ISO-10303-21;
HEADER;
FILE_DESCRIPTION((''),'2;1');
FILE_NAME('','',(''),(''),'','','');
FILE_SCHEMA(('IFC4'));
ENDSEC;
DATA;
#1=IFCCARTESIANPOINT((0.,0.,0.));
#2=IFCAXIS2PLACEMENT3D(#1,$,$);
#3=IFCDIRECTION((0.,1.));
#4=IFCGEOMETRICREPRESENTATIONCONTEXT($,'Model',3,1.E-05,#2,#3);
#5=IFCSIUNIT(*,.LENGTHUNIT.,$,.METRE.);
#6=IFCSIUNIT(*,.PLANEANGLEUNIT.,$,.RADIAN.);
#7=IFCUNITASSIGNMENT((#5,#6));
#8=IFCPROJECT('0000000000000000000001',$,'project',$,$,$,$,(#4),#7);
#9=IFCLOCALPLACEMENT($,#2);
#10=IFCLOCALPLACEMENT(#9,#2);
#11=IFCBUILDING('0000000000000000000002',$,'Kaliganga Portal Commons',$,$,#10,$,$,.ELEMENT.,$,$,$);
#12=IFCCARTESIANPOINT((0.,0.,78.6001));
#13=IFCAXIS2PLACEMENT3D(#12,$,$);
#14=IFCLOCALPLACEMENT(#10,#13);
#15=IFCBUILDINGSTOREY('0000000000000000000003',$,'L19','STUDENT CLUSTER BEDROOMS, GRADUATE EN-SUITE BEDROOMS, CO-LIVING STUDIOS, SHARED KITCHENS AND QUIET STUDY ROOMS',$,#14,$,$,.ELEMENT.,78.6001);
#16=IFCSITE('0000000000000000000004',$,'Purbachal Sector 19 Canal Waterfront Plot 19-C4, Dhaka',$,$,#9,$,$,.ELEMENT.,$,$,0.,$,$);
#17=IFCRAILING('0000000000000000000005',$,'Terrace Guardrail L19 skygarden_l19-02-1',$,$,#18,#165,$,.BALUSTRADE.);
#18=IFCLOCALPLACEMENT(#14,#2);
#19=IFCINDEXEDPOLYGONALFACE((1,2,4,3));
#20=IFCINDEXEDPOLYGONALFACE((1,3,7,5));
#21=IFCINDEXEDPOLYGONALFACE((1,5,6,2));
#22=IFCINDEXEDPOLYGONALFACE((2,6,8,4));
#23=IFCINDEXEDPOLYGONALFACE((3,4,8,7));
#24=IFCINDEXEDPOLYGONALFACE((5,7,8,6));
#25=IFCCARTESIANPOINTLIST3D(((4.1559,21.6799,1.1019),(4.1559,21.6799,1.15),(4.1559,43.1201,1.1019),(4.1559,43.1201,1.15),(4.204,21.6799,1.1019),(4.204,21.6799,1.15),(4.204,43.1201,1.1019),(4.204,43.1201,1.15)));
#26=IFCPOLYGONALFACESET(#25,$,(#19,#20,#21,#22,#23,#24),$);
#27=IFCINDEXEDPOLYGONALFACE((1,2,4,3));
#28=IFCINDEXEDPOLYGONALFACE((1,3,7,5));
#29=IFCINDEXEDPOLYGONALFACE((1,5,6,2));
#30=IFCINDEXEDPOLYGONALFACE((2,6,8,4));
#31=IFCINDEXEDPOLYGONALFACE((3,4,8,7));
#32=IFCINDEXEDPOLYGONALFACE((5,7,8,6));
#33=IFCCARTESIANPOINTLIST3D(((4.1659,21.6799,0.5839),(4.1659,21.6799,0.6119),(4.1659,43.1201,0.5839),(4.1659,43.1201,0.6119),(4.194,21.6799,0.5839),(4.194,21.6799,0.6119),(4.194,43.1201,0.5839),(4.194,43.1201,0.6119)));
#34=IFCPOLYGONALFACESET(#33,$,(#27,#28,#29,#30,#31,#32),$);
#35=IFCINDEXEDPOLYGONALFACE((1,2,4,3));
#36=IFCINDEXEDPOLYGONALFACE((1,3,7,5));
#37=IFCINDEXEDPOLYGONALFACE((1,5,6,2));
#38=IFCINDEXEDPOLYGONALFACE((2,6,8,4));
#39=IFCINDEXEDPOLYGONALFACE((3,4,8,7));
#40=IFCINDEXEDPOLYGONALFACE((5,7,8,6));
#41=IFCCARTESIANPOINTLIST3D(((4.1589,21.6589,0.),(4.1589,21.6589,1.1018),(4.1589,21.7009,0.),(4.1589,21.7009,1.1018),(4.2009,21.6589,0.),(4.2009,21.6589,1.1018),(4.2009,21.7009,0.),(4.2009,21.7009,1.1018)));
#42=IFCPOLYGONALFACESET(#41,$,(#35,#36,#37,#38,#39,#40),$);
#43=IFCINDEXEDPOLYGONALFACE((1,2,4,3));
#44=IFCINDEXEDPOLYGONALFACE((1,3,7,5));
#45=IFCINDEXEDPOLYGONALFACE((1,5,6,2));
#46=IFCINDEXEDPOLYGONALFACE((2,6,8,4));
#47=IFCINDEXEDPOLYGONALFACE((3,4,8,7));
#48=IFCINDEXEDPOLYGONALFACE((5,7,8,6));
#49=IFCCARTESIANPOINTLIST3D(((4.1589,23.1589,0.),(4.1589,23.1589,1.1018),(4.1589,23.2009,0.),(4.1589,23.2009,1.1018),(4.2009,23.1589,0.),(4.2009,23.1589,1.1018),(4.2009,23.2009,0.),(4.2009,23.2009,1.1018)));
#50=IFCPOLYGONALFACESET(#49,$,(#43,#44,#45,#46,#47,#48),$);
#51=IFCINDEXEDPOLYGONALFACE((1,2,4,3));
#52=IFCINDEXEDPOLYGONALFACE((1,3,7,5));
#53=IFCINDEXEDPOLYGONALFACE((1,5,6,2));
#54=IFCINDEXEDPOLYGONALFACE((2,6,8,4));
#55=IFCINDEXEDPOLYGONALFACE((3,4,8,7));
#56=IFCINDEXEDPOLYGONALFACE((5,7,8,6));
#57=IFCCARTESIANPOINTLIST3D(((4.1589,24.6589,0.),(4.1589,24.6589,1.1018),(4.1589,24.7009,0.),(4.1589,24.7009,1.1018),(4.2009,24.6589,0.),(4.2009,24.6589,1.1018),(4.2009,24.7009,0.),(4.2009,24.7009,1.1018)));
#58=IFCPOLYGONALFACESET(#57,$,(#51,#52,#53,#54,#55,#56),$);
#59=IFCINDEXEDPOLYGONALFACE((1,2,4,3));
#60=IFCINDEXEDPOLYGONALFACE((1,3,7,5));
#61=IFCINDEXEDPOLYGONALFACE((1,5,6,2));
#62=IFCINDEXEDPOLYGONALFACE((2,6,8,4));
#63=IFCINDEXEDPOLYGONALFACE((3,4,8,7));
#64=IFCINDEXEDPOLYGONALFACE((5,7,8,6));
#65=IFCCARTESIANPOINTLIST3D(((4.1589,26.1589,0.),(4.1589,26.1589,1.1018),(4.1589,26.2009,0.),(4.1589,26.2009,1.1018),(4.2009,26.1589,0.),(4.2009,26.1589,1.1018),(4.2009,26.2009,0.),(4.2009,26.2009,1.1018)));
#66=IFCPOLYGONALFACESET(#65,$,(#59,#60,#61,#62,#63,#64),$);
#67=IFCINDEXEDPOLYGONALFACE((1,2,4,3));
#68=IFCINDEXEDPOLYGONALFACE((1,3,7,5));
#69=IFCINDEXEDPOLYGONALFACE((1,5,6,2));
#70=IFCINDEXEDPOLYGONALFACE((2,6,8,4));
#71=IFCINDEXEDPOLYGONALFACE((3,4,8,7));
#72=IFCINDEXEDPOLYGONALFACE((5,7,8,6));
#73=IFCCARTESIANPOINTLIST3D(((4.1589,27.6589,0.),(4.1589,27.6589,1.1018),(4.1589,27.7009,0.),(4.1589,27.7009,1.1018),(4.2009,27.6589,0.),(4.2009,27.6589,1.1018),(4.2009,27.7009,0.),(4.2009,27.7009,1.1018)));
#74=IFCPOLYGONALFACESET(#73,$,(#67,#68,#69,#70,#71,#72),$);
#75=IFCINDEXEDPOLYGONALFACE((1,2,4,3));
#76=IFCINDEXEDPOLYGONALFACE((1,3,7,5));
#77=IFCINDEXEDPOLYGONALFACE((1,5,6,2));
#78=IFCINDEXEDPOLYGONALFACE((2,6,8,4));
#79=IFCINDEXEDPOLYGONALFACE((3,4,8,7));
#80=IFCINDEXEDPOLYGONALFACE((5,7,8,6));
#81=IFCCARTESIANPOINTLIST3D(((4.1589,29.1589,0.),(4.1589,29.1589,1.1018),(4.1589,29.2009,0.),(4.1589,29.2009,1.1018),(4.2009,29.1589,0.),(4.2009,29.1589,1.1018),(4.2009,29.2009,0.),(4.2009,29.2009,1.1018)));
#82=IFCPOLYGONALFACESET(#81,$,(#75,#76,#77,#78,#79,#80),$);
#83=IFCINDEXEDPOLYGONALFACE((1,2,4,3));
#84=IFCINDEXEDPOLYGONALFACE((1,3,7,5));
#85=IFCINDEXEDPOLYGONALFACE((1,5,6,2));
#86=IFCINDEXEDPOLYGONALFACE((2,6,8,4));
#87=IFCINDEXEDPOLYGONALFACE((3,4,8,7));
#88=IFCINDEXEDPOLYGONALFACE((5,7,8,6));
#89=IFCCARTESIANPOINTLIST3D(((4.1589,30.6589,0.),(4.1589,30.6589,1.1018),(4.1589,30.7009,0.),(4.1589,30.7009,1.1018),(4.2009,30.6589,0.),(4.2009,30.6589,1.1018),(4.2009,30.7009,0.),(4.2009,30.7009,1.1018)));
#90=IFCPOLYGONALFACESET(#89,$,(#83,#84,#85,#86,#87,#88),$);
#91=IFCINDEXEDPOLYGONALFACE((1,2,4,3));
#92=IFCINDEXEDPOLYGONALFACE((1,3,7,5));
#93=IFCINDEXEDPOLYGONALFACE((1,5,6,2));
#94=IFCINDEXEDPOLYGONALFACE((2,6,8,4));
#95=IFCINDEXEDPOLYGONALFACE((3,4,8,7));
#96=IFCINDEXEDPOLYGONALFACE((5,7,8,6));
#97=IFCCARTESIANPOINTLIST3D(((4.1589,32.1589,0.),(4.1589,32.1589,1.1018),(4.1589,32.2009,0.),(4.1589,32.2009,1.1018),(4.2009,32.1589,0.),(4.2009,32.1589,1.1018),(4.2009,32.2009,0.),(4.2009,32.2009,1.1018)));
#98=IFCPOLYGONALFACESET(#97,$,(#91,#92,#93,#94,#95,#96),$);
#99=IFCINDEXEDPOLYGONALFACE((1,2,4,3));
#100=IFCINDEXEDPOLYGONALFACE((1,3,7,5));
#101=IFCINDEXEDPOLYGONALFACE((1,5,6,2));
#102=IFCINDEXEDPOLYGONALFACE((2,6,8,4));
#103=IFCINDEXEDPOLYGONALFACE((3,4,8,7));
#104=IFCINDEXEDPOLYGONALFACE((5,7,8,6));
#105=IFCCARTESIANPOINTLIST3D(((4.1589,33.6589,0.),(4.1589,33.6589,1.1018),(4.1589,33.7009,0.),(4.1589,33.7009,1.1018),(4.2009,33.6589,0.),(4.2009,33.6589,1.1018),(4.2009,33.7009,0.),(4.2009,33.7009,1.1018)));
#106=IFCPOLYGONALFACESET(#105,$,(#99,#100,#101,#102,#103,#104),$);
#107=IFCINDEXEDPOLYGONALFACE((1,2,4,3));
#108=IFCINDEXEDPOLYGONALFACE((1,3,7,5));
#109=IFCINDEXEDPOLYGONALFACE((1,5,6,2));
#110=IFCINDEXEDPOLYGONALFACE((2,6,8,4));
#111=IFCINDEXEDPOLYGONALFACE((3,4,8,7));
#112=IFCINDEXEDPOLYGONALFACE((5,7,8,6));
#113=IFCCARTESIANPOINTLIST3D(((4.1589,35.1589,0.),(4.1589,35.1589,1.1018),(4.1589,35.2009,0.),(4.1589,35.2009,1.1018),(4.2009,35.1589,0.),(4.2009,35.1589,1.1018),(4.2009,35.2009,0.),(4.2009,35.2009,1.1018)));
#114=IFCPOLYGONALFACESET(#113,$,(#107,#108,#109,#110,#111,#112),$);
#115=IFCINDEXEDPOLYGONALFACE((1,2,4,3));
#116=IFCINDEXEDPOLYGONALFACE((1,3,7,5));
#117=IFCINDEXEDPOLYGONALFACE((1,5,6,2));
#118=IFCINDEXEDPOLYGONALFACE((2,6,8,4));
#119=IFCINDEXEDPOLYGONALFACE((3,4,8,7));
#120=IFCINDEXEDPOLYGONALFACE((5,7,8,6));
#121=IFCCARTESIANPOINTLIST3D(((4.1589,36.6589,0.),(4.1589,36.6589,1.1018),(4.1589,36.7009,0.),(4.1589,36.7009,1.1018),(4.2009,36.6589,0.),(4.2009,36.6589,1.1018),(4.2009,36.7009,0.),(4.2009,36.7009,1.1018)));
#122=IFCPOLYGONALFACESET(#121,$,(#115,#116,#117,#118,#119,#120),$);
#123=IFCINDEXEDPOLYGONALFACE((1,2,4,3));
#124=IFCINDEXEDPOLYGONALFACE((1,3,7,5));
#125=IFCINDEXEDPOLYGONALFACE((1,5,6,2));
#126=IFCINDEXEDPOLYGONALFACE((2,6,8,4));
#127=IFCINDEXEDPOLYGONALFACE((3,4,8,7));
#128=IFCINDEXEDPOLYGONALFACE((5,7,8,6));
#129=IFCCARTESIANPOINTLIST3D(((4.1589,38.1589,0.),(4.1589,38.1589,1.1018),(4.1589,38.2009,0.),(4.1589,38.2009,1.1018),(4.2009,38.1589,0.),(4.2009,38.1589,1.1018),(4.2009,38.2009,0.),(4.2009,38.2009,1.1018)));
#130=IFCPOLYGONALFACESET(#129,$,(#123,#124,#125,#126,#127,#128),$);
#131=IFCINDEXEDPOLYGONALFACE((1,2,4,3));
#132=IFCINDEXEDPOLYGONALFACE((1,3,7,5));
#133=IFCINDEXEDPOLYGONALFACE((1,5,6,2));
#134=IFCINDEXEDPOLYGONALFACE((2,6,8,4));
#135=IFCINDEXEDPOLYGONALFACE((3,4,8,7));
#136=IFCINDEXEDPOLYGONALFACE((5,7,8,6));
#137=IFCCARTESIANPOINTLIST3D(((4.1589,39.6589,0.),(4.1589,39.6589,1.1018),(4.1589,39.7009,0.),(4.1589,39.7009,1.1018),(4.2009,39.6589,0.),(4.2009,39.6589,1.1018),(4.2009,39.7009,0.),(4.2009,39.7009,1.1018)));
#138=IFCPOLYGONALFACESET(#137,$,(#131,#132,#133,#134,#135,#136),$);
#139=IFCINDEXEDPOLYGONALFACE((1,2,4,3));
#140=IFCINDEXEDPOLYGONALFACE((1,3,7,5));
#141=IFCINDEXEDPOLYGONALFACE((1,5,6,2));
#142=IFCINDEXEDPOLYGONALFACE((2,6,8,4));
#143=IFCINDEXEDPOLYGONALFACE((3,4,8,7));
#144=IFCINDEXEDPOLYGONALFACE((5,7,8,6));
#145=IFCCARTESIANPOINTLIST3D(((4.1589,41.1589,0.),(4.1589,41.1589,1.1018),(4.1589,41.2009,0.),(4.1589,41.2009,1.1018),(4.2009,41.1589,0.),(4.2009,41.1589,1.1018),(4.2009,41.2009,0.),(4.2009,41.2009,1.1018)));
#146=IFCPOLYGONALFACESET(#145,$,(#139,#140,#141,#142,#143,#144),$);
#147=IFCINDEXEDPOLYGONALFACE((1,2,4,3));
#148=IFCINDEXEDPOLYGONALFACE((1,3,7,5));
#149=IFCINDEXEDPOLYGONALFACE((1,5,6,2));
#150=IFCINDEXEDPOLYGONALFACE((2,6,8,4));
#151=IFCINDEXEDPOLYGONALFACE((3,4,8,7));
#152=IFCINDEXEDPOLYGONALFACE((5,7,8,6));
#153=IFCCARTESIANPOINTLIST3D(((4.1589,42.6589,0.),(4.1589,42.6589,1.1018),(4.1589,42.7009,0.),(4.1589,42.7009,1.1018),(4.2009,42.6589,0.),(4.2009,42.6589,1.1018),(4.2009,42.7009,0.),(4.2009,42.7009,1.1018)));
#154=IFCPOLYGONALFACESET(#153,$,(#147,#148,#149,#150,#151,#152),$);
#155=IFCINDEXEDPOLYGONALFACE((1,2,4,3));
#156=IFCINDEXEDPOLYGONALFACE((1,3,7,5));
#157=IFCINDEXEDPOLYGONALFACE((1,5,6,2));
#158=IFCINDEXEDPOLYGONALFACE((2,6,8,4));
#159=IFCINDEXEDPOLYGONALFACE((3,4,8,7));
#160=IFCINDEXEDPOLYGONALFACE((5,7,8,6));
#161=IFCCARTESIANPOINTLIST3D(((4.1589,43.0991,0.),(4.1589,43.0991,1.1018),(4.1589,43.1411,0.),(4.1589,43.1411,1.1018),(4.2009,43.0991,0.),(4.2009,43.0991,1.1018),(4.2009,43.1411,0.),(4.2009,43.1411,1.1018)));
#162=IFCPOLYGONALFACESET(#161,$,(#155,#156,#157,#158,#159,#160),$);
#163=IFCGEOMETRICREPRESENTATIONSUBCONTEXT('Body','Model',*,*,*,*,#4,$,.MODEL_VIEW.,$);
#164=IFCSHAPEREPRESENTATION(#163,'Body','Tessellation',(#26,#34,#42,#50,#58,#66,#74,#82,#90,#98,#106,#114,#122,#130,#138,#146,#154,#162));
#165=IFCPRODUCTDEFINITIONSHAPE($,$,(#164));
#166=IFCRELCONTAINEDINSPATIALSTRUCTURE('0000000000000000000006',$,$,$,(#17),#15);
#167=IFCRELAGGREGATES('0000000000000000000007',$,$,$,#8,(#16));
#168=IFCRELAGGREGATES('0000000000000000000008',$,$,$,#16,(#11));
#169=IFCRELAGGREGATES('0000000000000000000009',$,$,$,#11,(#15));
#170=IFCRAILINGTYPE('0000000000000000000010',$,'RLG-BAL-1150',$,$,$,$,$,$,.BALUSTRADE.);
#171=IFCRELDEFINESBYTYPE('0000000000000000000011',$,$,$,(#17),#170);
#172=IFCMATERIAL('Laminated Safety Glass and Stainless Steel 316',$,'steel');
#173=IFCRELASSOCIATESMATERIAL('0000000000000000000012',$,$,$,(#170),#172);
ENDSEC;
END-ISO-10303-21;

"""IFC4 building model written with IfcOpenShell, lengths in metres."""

from ifc_helpers import new_model, si_unit, direction, frame, origin, origin_2d, place, context, subcontext, project, spatial, rectangle, extrude, material, type_object, element, save


model = new_model("IFC4")

# Units and contexts
model_context = context("Model", 3, precision=1e-05, world=origin(), true_north=direction((0.0, 1.0)))
body_context = subcontext(model_context, "Body", "Model", "MODEL_VIEW")
ifc_project = project(units=[si_unit("LENGTHUNIT", "METRE"), si_unit("PLANEANGLEUNIT", "RADIAN")], contexts=[model_context])

# Site, building, storey
site_placement = place(None, origin())
site = spatial("IfcSite", under=ifc_project, at=site_placement, Name="Purbachal Sector 19 Canal Waterfront Plot 19-C4, Dhaka", CompositionType="ELEMENT", RefElevation=0.0)
building_placement = place(site_placement, origin())
building = spatial("IfcBuilding", under=site, at=building_placement, Name="Kaliganga Portal Commons", CompositionType="ELEMENT")
storey_placement = place(building_placement, frame((0.0, 0.0, 78.6001)))
storey = spatial("IfcBuildingStorey", under=building, at=storey_placement, Name="L19", Description="STUDENT CLUSTER BEDROOMS, GRADUATE EN-SUITE BEDROOMS, CO-LIVING STUDIOS, SHARED KITCHENS AND QUIET STUDY ROOMS", CompositionType="ELEMENT", Elevation=78.6001)

# Railing
ifc_material_1 = material(Name="Laminated Safety Glass and Stainless Steel 316", Category="steel")
railing_type = type_object("IfcRailingType", Name="RLG-BAL-1150", PredefinedType="BALUSTRADE", material=ifc_material_1)
railing_1_placement = place(storey_placement, frame((4.1799, 21.6799, 0.0)))
element("IfcRailing", 1, at=railing_1_placement, inside=storey, type_object=railing_type, Name="Terrace Guardrail L19 skygarden_l19-02-1", PredefinedType="BALUSTRADE", context=body_context, shape_type="SweptSolid", body=[
    extrude(rectangle(XDim=0.0481, YDim=0.0481, at=origin_2d()), frame((0.0, 0.0, 1.126), z_axis=(0.0, 1.0, 0.0), x_axis=(-1.0, 0.0, 0.0)), (0.0, 0.0, 1.0), 21.4402),
    extrude(rectangle(XDim=0.0281, YDim=0.0281, at=origin_2d()), frame((0.0, 0.0, 0.5979), z_axis=(0.0, 1.0, 0.0), x_axis=(-1.0, 0.0, 0.0)), (0.0, 0.0, 1.0), 21.4402),
    extrude(rectangle(XDim=0.042, YDim=0.042, at=origin_2d()), origin(), (0.0, 0.0, 1.0), 1.1018),
    extrude(rectangle(XDim=0.042, YDim=0.042, at=origin_2d()), frame((0.0, 1.5, 0.0)), (0.0, 0.0, 1.0), 1.1018),
    extrude(rectangle(XDim=0.042, YDim=0.042, at=origin_2d()), frame((0.0, 3.0, 0.0)), (0.0, 0.0, 1.0), 1.1018),
    extrude(rectangle(XDim=0.042, YDim=0.042, at=origin_2d()), frame((0.0, 4.5, 0.0)), (0.0, 0.0, 1.0), 1.1018),
    extrude(rectangle(XDim=0.042, YDim=0.042, at=origin_2d()), frame((0.0, 6.0, 0.0)), (0.0, 0.0, 1.0), 1.1018),
    extrude(rectangle(XDim=0.042, YDim=0.042, at=origin_2d()), frame((0.0, 7.5, 0.0)), (0.0, 0.0, 1.0), 1.1018),
    extrude(rectangle(XDim=0.042, YDim=0.042, at=origin_2d()), frame((0.0, 9.0, 0.0)), (0.0, 0.0, 1.0), 1.1018),
    extrude(rectangle(XDim=0.042, YDim=0.042, at=origin_2d()), frame((0.0, 10.5, 0.0)), (0.0, 0.0, 1.0), 1.1018),
    extrude(rectangle(XDim=0.042, YDim=0.042, at=origin_2d()), frame((0.0, 12.0, 0.0)), (0.0, 0.0, 1.0), 1.1018),
    extrude(rectangle(XDim=0.042, YDim=0.042, at=origin_2d()), frame((0.0, 13.5, 0.0)), (0.0, 0.0, 1.0), 1.1018),
    extrude(rectangle(XDim=0.042, YDim=0.042, at=origin_2d()), frame((0.0, 15.0, 0.0)), (0.0, 0.0, 1.0), 1.1018),
    extrude(rectangle(XDim=0.042, YDim=0.042, at=origin_2d()), frame((0.0, 16.5, 0.0)), (0.0, 0.0, 1.0), 1.1018),
    extrude(rectangle(XDim=0.042, YDim=0.042, at=origin_2d()), frame((0.0, 18.0, 0.0)), (0.0, 0.0, 1.0), 1.1018),
    extrude(rectangle(XDim=0.042, YDim=0.042, at=origin_2d()), frame((0.0, 19.5, 0.0)), (0.0, 0.0, 1.0), 1.1018),
    extrude(rectangle(XDim=0.042, YDim=0.042, at=origin_2d()), frame((0.0, 21.0, 0.0)), (0.0, 0.0, 1.0), 1.1018),
    extrude(rectangle(XDim=0.042, YDim=0.042, at=origin_2d()), frame((0.0, 21.4402, 0.0)), (0.0, 0.0, 1.0), 1.1018),
])

save(model, "model.ifc")
